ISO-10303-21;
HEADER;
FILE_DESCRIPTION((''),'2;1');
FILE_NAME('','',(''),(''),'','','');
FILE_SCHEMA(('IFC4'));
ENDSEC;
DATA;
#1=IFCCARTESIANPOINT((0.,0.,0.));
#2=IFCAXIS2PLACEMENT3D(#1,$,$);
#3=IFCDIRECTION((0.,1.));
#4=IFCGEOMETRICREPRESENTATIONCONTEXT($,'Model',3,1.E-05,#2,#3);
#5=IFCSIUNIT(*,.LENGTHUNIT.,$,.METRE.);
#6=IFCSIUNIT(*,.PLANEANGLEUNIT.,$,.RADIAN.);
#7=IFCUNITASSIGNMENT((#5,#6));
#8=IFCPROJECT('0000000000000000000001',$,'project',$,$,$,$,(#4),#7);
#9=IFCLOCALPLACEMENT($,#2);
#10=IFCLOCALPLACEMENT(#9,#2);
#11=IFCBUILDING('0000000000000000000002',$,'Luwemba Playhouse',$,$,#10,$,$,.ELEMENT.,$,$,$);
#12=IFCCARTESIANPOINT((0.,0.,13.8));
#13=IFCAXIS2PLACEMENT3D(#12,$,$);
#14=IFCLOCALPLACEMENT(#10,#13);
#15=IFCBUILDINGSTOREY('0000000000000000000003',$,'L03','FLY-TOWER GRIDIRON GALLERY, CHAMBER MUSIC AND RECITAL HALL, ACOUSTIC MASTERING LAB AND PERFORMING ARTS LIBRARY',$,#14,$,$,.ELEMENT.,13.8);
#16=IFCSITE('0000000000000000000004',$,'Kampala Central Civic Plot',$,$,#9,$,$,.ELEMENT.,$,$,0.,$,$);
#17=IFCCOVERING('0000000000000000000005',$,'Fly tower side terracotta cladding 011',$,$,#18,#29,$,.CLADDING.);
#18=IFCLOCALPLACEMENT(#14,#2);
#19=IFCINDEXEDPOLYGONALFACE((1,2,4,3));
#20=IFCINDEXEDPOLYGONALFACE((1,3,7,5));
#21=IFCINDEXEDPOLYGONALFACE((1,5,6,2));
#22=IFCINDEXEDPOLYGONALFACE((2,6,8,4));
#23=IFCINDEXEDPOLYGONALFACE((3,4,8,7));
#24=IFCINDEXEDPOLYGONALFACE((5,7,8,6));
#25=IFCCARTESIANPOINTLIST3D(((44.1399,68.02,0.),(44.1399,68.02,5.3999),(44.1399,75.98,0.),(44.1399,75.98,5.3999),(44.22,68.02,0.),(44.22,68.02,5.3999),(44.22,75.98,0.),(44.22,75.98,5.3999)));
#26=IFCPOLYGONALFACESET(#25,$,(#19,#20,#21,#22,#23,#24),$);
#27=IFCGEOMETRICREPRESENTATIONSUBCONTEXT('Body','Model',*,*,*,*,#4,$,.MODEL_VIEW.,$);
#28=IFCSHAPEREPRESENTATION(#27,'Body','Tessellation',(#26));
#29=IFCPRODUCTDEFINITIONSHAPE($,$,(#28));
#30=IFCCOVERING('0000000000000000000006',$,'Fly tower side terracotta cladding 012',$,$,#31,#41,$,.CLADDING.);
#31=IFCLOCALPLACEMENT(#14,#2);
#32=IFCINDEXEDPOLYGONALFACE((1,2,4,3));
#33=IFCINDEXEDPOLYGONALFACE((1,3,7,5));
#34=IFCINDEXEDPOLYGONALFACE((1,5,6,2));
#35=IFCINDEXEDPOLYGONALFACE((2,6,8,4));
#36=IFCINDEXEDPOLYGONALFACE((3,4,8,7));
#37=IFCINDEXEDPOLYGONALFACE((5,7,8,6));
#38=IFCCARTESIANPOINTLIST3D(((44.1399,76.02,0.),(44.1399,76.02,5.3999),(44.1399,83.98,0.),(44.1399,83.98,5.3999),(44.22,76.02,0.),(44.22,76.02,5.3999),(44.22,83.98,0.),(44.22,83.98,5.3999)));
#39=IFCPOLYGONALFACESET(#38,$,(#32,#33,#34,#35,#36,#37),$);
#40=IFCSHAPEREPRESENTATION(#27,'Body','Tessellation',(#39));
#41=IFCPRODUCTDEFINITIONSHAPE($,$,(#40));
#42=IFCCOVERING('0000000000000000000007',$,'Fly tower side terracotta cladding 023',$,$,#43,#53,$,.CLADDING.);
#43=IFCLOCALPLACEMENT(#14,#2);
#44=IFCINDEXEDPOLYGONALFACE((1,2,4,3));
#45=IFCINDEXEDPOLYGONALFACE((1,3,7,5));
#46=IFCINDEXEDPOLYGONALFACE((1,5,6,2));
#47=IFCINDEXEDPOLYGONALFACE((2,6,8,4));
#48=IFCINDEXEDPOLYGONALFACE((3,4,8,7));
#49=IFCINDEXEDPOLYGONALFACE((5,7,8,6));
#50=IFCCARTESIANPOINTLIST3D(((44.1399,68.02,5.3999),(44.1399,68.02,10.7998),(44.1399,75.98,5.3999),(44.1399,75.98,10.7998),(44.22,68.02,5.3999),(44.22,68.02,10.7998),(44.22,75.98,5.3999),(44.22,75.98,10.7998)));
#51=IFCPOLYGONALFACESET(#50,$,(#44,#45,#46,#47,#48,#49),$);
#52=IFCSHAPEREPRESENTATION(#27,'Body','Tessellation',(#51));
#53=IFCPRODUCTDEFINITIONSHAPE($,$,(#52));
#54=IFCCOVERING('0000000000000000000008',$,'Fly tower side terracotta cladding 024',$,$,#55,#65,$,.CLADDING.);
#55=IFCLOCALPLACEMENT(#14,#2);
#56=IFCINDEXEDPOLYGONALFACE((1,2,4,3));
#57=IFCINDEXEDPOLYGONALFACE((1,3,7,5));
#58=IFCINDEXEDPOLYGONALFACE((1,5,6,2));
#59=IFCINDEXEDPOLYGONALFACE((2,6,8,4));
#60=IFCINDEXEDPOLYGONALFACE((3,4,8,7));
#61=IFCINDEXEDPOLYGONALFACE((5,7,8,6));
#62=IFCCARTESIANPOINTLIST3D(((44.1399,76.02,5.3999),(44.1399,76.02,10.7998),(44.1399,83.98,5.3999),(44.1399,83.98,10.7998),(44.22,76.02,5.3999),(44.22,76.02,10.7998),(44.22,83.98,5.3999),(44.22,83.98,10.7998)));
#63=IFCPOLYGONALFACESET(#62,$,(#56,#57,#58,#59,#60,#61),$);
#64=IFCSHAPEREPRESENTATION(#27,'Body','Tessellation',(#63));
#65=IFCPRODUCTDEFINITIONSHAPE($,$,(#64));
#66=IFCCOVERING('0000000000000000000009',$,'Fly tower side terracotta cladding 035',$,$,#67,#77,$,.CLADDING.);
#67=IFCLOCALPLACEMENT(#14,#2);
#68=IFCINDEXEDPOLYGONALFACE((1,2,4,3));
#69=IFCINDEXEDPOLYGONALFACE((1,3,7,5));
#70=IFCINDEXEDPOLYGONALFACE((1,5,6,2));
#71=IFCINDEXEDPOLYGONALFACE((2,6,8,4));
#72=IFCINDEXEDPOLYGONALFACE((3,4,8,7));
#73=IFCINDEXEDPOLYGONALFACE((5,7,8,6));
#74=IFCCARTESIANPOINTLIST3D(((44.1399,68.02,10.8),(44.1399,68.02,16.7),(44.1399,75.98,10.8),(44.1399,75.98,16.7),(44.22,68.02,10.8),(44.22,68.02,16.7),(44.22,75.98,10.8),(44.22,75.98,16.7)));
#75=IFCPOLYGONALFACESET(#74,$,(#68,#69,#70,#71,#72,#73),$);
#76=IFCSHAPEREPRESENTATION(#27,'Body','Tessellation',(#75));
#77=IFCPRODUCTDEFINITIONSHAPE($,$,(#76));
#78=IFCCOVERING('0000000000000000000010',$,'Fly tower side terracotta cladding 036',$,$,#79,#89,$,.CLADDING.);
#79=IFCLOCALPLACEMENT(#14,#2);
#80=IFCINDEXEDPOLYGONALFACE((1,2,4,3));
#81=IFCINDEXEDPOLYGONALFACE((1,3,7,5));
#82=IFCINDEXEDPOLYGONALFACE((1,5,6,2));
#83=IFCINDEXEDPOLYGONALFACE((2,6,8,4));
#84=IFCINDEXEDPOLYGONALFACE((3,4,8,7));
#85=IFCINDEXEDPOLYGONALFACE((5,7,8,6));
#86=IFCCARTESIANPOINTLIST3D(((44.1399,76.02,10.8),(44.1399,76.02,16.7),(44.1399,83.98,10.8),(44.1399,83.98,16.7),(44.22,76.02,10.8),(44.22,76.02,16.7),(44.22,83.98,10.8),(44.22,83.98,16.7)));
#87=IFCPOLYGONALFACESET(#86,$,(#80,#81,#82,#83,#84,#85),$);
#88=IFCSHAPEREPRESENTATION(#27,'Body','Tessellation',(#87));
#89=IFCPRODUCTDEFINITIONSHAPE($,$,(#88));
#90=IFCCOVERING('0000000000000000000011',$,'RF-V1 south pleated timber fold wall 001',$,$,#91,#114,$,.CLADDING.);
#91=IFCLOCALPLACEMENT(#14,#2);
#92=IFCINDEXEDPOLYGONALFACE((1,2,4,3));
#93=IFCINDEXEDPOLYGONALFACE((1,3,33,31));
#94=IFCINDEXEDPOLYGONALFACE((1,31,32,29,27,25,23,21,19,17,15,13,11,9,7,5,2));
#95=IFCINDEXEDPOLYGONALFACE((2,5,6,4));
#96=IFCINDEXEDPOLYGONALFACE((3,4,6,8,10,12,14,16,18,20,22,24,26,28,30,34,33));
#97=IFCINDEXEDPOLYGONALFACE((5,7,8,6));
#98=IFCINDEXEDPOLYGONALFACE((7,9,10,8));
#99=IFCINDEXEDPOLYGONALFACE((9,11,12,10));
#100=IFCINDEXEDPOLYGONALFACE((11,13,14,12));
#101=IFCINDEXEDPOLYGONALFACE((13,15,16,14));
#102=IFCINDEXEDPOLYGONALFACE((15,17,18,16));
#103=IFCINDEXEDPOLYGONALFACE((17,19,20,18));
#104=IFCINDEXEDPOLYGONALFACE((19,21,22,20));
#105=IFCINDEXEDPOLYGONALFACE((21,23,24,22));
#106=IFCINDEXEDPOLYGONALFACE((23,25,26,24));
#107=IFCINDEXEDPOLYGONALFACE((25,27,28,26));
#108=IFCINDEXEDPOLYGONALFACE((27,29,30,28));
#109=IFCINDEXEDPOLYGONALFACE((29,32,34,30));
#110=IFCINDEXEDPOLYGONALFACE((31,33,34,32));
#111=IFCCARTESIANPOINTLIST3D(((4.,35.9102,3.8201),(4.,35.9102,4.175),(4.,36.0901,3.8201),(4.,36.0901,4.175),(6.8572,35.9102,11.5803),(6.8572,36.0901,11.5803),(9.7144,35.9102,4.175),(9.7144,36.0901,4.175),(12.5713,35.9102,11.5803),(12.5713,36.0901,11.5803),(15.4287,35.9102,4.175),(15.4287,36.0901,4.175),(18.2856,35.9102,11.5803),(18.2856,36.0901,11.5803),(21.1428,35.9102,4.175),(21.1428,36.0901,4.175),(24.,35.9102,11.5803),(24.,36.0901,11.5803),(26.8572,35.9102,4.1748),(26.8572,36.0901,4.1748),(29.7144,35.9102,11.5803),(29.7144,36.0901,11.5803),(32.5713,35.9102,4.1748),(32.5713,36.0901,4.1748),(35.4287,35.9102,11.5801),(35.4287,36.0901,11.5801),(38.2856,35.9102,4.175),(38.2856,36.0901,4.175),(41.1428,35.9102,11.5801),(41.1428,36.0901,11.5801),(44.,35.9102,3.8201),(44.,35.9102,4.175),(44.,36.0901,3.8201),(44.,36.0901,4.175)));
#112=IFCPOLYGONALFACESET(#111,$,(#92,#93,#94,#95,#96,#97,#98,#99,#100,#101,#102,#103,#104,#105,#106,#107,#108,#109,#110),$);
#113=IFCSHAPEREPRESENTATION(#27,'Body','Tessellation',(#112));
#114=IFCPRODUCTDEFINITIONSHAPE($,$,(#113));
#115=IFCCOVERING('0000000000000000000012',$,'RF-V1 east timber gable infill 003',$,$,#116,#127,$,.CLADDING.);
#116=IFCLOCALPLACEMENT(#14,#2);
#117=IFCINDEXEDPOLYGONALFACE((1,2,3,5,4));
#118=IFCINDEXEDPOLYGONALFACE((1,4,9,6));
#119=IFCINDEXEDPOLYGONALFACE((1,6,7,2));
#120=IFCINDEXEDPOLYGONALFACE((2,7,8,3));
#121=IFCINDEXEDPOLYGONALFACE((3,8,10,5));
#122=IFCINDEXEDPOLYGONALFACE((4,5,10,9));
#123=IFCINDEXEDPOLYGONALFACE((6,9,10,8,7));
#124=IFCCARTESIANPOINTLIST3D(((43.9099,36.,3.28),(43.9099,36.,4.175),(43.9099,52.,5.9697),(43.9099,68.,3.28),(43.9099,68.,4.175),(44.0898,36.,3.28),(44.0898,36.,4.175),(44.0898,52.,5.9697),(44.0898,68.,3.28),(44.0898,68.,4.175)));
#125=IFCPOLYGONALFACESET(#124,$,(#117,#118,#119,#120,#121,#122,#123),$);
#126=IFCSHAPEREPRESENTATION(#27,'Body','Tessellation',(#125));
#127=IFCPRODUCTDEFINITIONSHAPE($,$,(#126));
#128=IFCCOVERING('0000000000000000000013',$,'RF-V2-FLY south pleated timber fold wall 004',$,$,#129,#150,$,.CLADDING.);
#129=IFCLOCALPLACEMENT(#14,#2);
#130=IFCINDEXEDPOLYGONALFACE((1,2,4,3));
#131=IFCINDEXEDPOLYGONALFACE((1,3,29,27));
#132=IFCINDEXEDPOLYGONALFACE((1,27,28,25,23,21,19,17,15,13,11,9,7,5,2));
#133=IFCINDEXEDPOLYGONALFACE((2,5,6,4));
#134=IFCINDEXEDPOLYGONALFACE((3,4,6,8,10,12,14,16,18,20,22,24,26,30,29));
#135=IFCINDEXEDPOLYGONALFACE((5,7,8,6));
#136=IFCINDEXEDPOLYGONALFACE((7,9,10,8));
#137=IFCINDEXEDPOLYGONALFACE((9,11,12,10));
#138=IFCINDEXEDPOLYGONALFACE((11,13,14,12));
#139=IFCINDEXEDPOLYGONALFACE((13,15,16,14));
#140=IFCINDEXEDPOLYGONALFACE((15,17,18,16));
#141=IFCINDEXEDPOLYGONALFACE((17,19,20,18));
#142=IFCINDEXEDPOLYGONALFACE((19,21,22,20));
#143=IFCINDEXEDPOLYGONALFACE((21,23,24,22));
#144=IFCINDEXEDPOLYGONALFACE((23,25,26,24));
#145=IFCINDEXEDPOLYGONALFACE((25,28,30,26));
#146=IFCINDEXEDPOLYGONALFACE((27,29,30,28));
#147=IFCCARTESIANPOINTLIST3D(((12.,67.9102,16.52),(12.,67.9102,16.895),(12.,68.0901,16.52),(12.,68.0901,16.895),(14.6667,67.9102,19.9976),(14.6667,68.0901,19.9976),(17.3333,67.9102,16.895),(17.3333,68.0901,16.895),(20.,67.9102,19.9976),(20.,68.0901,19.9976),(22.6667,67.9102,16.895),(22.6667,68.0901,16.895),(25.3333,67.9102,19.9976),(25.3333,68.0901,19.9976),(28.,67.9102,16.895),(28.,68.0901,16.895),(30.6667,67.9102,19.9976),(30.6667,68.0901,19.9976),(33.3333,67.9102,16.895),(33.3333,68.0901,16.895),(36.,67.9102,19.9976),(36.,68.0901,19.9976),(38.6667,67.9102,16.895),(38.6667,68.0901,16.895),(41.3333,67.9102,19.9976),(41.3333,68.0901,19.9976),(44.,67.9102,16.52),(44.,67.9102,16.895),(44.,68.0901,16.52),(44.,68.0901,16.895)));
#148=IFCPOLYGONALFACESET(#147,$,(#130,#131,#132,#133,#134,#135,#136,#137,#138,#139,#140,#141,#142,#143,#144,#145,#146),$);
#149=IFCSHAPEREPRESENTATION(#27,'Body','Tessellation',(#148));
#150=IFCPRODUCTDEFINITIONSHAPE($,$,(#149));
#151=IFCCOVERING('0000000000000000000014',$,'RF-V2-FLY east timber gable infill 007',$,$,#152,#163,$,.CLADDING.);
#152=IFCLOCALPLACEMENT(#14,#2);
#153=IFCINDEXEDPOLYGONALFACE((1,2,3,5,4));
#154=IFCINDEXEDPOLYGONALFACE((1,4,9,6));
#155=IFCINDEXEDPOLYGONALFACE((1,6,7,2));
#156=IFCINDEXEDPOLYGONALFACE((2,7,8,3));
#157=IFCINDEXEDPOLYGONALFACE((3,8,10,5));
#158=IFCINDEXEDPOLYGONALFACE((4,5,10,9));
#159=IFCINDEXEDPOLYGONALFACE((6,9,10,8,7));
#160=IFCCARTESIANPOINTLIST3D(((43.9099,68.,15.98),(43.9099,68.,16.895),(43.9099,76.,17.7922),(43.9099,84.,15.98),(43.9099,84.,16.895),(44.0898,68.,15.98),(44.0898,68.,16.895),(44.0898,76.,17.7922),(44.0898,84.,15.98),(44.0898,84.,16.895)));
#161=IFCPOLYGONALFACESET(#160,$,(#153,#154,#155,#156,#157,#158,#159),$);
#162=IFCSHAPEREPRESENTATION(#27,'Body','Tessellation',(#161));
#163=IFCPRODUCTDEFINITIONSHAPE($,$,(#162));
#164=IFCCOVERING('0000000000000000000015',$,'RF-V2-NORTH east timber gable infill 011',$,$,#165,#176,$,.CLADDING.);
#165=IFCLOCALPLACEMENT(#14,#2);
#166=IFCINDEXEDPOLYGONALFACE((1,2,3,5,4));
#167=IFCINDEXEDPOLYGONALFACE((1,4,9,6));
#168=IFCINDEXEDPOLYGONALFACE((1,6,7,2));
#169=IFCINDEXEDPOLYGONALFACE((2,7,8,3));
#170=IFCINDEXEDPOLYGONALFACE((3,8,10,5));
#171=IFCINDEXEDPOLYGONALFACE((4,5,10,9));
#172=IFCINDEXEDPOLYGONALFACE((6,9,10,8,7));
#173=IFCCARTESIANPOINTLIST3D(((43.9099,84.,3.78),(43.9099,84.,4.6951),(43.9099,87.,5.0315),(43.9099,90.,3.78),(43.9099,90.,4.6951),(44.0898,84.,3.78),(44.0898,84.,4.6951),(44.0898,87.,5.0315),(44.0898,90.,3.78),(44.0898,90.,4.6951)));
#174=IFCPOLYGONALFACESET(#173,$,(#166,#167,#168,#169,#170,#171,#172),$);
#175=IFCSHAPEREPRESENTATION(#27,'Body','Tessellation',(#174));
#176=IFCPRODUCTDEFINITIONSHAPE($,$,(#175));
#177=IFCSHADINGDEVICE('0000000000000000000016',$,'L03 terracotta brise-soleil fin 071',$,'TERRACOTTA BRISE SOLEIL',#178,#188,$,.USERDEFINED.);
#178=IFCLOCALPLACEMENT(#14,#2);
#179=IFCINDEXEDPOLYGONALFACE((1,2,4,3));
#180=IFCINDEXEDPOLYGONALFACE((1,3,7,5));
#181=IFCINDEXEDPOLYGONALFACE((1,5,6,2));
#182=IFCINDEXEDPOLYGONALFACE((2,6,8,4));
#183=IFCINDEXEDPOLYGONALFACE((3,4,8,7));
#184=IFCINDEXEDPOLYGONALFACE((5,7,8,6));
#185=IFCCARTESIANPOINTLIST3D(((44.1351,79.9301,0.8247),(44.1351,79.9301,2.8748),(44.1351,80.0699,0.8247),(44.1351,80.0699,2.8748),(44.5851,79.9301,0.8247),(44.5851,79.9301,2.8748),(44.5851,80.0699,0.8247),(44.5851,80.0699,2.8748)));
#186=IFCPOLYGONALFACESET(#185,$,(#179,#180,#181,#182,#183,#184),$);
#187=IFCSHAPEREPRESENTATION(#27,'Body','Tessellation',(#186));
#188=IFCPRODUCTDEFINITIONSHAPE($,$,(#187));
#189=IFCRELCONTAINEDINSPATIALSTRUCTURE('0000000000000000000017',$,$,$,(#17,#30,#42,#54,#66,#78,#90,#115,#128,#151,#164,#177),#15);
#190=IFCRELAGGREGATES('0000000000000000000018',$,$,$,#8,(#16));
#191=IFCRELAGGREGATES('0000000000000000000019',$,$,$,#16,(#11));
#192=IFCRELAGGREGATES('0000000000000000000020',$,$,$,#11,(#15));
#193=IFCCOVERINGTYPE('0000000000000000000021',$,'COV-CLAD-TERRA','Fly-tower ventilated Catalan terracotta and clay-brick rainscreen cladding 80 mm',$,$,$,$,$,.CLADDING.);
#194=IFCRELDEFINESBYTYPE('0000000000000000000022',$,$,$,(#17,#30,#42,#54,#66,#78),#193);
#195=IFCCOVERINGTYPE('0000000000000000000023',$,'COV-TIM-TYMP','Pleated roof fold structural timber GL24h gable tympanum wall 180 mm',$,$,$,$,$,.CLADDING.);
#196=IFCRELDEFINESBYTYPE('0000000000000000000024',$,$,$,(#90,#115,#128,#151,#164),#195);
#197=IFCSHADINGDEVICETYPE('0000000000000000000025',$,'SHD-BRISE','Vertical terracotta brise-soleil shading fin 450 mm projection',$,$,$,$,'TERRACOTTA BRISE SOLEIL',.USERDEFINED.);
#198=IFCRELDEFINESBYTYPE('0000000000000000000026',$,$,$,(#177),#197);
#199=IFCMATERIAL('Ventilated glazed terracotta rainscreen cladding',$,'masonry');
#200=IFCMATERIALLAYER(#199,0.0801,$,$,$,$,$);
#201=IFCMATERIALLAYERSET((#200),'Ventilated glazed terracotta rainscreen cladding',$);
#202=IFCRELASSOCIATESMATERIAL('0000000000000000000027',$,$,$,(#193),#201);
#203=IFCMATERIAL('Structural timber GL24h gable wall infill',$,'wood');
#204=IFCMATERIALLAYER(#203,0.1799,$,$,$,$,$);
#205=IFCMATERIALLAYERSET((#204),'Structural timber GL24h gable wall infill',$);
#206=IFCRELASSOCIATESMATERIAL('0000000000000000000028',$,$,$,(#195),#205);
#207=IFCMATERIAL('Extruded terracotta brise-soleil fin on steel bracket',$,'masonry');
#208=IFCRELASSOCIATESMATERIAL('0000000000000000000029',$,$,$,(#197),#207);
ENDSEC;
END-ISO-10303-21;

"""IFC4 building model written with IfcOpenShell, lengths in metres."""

from ifc_helpers import new_model, si_unit, direction, frame, origin, origin_2d, place, context, subcontext, project, spatial, polyline, rectangle, outline, extrude, material, layer, layer_set, type_object, element, save


model = new_model("IFC4")

# Units and contexts
model_context = context("Model", 3, precision=1e-05, world=origin(), true_north=direction((0.0, 1.0)))
body_context = subcontext(model_context, "Body", "Model", "MODEL_VIEW")
ifc_project = project(units=[si_unit("LENGTHUNIT", "METRE"), si_unit("PLANEANGLEUNIT", "RADIAN")], contexts=[model_context])

# Site, building, storey
site_placement = place(None, origin())
site = spatial("IfcSite", under=ifc_project, at=site_placement, Name="Kampala Central Civic Plot", CompositionType="ELEMENT", RefElevation=0.0)
building_placement = place(site_placement, origin())
building = spatial("IfcBuilding", under=site, at=building_placement, Name="Luwemba Playhouse", CompositionType="ELEMENT")
storey_placement = place(building_placement, frame((0.0, 0.0, 13.8)))
storey = spatial("IfcBuildingStorey", under=building, at=storey_placement, Name="L03", Description="FLY-TOWER GRIDIRON GALLERY, CHAMBER MUSIC AND RECITAL HALL, ACOUSTIC MASTERING LAB AND PERFORMING ARTS LIBRARY", CompositionType="ELEMENT", Elevation=13.8)

# Coverings
ifc_material_1 = material(Name="Ventilated glazed terracotta rainscreen cladding", Category="masonry")
ifc_layer_1 = layer(ifc_material_1, 0.0801)
ifc_layer_set_1 = layer_set([ifc_layer_1], Name="Ventilated glazed terracotta rainscreen cladding")
covering_type_1 = type_object("IfcCoveringType", Name="COV-CLAD-TERRA", Description="Fly-tower ventilated Catalan terracotta and clay-brick rainscreen cladding 80 mm", PredefinedType="CLADDING", material=ifc_layer_set_1)
for number, where, z_axis, x_axis, name in (
    (1, (44.1799, 72.0, 0.0), (0.0, 0.0, 1.0), (0.0, 1.0, 0.0), "Fly tower side terracotta cladding 011"),
    (2, (44.1799, 80.0, 0.0), (0.0, 0.0, 1.0), (0.0, 1.0, 0.0), "Fly tower side terracotta cladding 012"),
    (3, (44.1799, 72.0, 5.3999), (0.0, 0.0, 1.0), (0.0, 1.0, 0.0), "Fly tower side terracotta cladding 023"),
    (4, (44.1799, 80.0, 5.3999), (0.0, 0.0, 1.0), (0.0, 1.0, 0.0), "Fly tower side terracotta cladding 024"),
):
    element("IfcCovering", number, at=place(storey_placement, frame(where, z_axis=z_axis, x_axis=x_axis)), inside=storey, type_object=covering_type_1, Name=name, PredefinedType="CLADDING", context=body_context, shape_type="SweptSolid", body=[
        extrude(rectangle(XDim=7.96, YDim=0.0801, at=origin_2d()), origin(), (0.0, 0.0, 1.0), 5.3999),
    ])
for number, where, z_axis, x_axis, name in (
    (5, (44.1799, 72.0, 10.8), (0.0, 0.0, 1.0), (0.0, 1.0, 0.0), "Fly tower side terracotta cladding 035"),
    (6, (44.1799, 80.0, 10.8), (0.0, 0.0, 1.0), (0.0, 1.0, 0.0), "Fly tower side terracotta cladding 036"),
):
    element("IfcCovering", number, at=place(storey_placement, frame(where, z_axis=z_axis, x_axis=x_axis)), inside=storey, type_object=covering_type_1, Name=name, PredefinedType="CLADDING", context=body_context, shape_type="SweptSolid", body=[
        extrude(rectangle(XDim=7.96, YDim=0.0801, at=origin_2d()), origin(), (0.0, 0.0, 1.0), 5.8999),
    ])
ifc_material_2 = material(Name="Structural timber GL24h gable wall infill", Category="wood")
ifc_layer_2 = layer(ifc_material_2, 0.1799)
ifc_layer_set_2 = layer_set([ifc_layer_2], Name="Structural timber GL24h gable wall infill")
covering_type_2 = type_object("IfcCoveringType", Name="COV-TIM-TYMP", Description="Pleated roof fold structural timber GL24h gable tympanum wall 180 mm", PredefinedType="CLADDING", material=ifc_layer_set_2)
covering_1_placement = place(storey_placement, frame((44.0, 36.0, 3.8201), z_axis=(0.0, 0.0, 1.0), x_axis=(-1.0, 0.0, 0.0)))
element("IfcCovering", 7, at=covering_1_placement, inside=storey, type_object=covering_type_2, Name="RF-V1 south pleated timber fold wall 001", PredefinedType="CLADDING", context=body_context, shape_type="SweptSolid", body=[
    extrude(outline(polyline([(0.0, 0.0), (40.0, 0.0), (40.0, 0.355), (37.1428, 7.7603), (34.2856, 0.355), (31.4287, 7.7603), (28.5713, 0.355), (25.7144, 7.7603), (22.8572, 0.355), (20.0, 7.7603), (17.1428, 0.3547), (14.2856, 7.7603), (11.4287, 0.3547), (8.5713, 7.76), (5.7144, 0.355), (2.8572, 7.76), (0.0, 0.355), (0.0, 0.0)])), frame((0.0, 0.0898, 0.0), z_axis=(0.0, -1.0, 0.0), x_axis=(1.0, 0.0, 0.0)), (0.0, 0.0, 1.0), 0.1799),
])
covering_2_placement = place(storey_placement, frame((44.0, 68.0, 3.28), z_axis=(0.0, 0.0, 1.0), x_axis=(0.0, -1.0, 0.0)))
element("IfcCovering", 8, at=covering_2_placement, inside=storey, type_object=covering_type_2, Name="RF-V1 east timber gable infill 003", PredefinedType="CLADDING", context=body_context, shape_type="SweptSolid", body=[
    extrude(outline(polyline([(0.0, 0.0), (32.0, 0.0), (32.0, 0.895), (16.0, 2.6897), (0.0, 0.895), (0.0, 0.0)])), frame((0.0, 0.0898, 0.0), z_axis=(0.0, -1.0, 0.0), x_axis=(1.0, 0.0, 0.0)), (0.0, 0.0, 1.0), 0.1799),
])
covering_3_placement = place(storey_placement, frame((44.0, 68.0, 16.52), z_axis=(0.0, 0.0, 1.0), x_axis=(-1.0, 0.0, 0.0)))
element("IfcCovering", 9, at=covering_3_placement, inside=storey, type_object=covering_type_2, Name="RF-V2-FLY south pleated timber fold wall 004", PredefinedType="CLADDING", context=body_context, shape_type="SweptSolid", body=[
    extrude(outline(polyline([(0.0, 0.0), (32.0, 0.0), (32.0, 0.375), (29.3333, 3.4775), (26.6667, 0.375), (24.0, 3.4775), (21.3333, 0.375), (18.6667, 3.4775), (16.0, 0.375), (13.3333, 3.4775), (10.6667, 0.375), (8.0, 3.4775), (5.3333, 0.375), (2.6667, 3.4775), (0.0, 0.375), (0.0, 0.0)])), frame((0.0, 0.0898, 0.0), z_axis=(0.0, -1.0, 0.0), x_axis=(1.0, 0.0, 0.0)), (0.0, 0.0, 1.0), 0.1799),
])
covering_4_placement = place(storey_placement, frame((44.0, 84.0, 15.98), z_axis=(0.0, 0.0, 1.0), x_axis=(0.0, -1.0, 0.0)))
element("IfcCovering", 10, at=covering_4_placement, inside=storey, type_object=covering_type_2, Name="RF-V2-FLY east timber gable infill 007", PredefinedType="CLADDING", context=body_context, shape_type="SweptSolid", body=[
    extrude(outline(polyline([(0.0, 0.0), (16.0, 0.0), (16.0, 0.915), (8.0, 1.8123), (0.0, 0.915), (0.0, 0.0)])), frame((0.0, 0.0898, 0.0), z_axis=(0.0, -1.0, 0.0), x_axis=(1.0, 0.0, 0.0)), (0.0, 0.0, 1.0), 0.1799),
])
covering_5_placement = place(storey_placement, frame((44.0, 90.0, 3.78), z_axis=(0.0, 0.0, 1.0), x_axis=(0.0, -1.0, 0.0)))
element("IfcCovering", 11, at=covering_5_placement, inside=storey, type_object=covering_type_2, Name="RF-V2-NORTH east timber gable infill 011", PredefinedType="CLADDING", context=body_context, shape_type="SweptSolid", body=[
    extrude(outline(polyline([(0.0, 0.0), (6.0, 0.0), (6.0, 0.915), (3.0, 1.2515), (0.0, 0.915), (0.0, 0.0)])), frame((0.0, 0.0898, 0.0), z_axis=(0.0, -1.0, 0.0), x_axis=(1.0, 0.0, 0.0)), (0.0, 0.0, 1.0), 0.1799),
])

# Shading device
ifc_material_3 = material(Name="Extruded terracotta brise-soleil fin on steel bracket", Category="masonry")
shading_device_type_1 = type_object("IfcShadingDeviceType", Name="SHD-BRISE", Description="Vertical terracotta brise-soleil shading fin 450 mm projection", ElementType="TERRACOTTA BRISE SOLEIL", PredefinedType="USERDEFINED", material=ifc_material_3)
shading_device_1_placement = place(storey_placement, frame((44.3601, 80.0, 0.8247), z_axis=(0.0, 0.0, 1.0), x_axis=(0.0, -1.0, 0.0)))
element("IfcShadingDevice", 12, at=shading_device_1_placement, inside=storey, type_object=shading_device_type_1, Name="L03 terracotta brise-soleil fin 071", ObjectType="TERRACOTTA BRISE SOLEIL", PredefinedType="USERDEFINED", context=body_context, shape_type="SweptSolid", body=[
    extrude(rectangle(XDim=0.1399, YDim=0.45, at=origin_2d()), origin(), (0.0, 0.0, 1.0), 2.05),
])

save(model, "model.ifc")
